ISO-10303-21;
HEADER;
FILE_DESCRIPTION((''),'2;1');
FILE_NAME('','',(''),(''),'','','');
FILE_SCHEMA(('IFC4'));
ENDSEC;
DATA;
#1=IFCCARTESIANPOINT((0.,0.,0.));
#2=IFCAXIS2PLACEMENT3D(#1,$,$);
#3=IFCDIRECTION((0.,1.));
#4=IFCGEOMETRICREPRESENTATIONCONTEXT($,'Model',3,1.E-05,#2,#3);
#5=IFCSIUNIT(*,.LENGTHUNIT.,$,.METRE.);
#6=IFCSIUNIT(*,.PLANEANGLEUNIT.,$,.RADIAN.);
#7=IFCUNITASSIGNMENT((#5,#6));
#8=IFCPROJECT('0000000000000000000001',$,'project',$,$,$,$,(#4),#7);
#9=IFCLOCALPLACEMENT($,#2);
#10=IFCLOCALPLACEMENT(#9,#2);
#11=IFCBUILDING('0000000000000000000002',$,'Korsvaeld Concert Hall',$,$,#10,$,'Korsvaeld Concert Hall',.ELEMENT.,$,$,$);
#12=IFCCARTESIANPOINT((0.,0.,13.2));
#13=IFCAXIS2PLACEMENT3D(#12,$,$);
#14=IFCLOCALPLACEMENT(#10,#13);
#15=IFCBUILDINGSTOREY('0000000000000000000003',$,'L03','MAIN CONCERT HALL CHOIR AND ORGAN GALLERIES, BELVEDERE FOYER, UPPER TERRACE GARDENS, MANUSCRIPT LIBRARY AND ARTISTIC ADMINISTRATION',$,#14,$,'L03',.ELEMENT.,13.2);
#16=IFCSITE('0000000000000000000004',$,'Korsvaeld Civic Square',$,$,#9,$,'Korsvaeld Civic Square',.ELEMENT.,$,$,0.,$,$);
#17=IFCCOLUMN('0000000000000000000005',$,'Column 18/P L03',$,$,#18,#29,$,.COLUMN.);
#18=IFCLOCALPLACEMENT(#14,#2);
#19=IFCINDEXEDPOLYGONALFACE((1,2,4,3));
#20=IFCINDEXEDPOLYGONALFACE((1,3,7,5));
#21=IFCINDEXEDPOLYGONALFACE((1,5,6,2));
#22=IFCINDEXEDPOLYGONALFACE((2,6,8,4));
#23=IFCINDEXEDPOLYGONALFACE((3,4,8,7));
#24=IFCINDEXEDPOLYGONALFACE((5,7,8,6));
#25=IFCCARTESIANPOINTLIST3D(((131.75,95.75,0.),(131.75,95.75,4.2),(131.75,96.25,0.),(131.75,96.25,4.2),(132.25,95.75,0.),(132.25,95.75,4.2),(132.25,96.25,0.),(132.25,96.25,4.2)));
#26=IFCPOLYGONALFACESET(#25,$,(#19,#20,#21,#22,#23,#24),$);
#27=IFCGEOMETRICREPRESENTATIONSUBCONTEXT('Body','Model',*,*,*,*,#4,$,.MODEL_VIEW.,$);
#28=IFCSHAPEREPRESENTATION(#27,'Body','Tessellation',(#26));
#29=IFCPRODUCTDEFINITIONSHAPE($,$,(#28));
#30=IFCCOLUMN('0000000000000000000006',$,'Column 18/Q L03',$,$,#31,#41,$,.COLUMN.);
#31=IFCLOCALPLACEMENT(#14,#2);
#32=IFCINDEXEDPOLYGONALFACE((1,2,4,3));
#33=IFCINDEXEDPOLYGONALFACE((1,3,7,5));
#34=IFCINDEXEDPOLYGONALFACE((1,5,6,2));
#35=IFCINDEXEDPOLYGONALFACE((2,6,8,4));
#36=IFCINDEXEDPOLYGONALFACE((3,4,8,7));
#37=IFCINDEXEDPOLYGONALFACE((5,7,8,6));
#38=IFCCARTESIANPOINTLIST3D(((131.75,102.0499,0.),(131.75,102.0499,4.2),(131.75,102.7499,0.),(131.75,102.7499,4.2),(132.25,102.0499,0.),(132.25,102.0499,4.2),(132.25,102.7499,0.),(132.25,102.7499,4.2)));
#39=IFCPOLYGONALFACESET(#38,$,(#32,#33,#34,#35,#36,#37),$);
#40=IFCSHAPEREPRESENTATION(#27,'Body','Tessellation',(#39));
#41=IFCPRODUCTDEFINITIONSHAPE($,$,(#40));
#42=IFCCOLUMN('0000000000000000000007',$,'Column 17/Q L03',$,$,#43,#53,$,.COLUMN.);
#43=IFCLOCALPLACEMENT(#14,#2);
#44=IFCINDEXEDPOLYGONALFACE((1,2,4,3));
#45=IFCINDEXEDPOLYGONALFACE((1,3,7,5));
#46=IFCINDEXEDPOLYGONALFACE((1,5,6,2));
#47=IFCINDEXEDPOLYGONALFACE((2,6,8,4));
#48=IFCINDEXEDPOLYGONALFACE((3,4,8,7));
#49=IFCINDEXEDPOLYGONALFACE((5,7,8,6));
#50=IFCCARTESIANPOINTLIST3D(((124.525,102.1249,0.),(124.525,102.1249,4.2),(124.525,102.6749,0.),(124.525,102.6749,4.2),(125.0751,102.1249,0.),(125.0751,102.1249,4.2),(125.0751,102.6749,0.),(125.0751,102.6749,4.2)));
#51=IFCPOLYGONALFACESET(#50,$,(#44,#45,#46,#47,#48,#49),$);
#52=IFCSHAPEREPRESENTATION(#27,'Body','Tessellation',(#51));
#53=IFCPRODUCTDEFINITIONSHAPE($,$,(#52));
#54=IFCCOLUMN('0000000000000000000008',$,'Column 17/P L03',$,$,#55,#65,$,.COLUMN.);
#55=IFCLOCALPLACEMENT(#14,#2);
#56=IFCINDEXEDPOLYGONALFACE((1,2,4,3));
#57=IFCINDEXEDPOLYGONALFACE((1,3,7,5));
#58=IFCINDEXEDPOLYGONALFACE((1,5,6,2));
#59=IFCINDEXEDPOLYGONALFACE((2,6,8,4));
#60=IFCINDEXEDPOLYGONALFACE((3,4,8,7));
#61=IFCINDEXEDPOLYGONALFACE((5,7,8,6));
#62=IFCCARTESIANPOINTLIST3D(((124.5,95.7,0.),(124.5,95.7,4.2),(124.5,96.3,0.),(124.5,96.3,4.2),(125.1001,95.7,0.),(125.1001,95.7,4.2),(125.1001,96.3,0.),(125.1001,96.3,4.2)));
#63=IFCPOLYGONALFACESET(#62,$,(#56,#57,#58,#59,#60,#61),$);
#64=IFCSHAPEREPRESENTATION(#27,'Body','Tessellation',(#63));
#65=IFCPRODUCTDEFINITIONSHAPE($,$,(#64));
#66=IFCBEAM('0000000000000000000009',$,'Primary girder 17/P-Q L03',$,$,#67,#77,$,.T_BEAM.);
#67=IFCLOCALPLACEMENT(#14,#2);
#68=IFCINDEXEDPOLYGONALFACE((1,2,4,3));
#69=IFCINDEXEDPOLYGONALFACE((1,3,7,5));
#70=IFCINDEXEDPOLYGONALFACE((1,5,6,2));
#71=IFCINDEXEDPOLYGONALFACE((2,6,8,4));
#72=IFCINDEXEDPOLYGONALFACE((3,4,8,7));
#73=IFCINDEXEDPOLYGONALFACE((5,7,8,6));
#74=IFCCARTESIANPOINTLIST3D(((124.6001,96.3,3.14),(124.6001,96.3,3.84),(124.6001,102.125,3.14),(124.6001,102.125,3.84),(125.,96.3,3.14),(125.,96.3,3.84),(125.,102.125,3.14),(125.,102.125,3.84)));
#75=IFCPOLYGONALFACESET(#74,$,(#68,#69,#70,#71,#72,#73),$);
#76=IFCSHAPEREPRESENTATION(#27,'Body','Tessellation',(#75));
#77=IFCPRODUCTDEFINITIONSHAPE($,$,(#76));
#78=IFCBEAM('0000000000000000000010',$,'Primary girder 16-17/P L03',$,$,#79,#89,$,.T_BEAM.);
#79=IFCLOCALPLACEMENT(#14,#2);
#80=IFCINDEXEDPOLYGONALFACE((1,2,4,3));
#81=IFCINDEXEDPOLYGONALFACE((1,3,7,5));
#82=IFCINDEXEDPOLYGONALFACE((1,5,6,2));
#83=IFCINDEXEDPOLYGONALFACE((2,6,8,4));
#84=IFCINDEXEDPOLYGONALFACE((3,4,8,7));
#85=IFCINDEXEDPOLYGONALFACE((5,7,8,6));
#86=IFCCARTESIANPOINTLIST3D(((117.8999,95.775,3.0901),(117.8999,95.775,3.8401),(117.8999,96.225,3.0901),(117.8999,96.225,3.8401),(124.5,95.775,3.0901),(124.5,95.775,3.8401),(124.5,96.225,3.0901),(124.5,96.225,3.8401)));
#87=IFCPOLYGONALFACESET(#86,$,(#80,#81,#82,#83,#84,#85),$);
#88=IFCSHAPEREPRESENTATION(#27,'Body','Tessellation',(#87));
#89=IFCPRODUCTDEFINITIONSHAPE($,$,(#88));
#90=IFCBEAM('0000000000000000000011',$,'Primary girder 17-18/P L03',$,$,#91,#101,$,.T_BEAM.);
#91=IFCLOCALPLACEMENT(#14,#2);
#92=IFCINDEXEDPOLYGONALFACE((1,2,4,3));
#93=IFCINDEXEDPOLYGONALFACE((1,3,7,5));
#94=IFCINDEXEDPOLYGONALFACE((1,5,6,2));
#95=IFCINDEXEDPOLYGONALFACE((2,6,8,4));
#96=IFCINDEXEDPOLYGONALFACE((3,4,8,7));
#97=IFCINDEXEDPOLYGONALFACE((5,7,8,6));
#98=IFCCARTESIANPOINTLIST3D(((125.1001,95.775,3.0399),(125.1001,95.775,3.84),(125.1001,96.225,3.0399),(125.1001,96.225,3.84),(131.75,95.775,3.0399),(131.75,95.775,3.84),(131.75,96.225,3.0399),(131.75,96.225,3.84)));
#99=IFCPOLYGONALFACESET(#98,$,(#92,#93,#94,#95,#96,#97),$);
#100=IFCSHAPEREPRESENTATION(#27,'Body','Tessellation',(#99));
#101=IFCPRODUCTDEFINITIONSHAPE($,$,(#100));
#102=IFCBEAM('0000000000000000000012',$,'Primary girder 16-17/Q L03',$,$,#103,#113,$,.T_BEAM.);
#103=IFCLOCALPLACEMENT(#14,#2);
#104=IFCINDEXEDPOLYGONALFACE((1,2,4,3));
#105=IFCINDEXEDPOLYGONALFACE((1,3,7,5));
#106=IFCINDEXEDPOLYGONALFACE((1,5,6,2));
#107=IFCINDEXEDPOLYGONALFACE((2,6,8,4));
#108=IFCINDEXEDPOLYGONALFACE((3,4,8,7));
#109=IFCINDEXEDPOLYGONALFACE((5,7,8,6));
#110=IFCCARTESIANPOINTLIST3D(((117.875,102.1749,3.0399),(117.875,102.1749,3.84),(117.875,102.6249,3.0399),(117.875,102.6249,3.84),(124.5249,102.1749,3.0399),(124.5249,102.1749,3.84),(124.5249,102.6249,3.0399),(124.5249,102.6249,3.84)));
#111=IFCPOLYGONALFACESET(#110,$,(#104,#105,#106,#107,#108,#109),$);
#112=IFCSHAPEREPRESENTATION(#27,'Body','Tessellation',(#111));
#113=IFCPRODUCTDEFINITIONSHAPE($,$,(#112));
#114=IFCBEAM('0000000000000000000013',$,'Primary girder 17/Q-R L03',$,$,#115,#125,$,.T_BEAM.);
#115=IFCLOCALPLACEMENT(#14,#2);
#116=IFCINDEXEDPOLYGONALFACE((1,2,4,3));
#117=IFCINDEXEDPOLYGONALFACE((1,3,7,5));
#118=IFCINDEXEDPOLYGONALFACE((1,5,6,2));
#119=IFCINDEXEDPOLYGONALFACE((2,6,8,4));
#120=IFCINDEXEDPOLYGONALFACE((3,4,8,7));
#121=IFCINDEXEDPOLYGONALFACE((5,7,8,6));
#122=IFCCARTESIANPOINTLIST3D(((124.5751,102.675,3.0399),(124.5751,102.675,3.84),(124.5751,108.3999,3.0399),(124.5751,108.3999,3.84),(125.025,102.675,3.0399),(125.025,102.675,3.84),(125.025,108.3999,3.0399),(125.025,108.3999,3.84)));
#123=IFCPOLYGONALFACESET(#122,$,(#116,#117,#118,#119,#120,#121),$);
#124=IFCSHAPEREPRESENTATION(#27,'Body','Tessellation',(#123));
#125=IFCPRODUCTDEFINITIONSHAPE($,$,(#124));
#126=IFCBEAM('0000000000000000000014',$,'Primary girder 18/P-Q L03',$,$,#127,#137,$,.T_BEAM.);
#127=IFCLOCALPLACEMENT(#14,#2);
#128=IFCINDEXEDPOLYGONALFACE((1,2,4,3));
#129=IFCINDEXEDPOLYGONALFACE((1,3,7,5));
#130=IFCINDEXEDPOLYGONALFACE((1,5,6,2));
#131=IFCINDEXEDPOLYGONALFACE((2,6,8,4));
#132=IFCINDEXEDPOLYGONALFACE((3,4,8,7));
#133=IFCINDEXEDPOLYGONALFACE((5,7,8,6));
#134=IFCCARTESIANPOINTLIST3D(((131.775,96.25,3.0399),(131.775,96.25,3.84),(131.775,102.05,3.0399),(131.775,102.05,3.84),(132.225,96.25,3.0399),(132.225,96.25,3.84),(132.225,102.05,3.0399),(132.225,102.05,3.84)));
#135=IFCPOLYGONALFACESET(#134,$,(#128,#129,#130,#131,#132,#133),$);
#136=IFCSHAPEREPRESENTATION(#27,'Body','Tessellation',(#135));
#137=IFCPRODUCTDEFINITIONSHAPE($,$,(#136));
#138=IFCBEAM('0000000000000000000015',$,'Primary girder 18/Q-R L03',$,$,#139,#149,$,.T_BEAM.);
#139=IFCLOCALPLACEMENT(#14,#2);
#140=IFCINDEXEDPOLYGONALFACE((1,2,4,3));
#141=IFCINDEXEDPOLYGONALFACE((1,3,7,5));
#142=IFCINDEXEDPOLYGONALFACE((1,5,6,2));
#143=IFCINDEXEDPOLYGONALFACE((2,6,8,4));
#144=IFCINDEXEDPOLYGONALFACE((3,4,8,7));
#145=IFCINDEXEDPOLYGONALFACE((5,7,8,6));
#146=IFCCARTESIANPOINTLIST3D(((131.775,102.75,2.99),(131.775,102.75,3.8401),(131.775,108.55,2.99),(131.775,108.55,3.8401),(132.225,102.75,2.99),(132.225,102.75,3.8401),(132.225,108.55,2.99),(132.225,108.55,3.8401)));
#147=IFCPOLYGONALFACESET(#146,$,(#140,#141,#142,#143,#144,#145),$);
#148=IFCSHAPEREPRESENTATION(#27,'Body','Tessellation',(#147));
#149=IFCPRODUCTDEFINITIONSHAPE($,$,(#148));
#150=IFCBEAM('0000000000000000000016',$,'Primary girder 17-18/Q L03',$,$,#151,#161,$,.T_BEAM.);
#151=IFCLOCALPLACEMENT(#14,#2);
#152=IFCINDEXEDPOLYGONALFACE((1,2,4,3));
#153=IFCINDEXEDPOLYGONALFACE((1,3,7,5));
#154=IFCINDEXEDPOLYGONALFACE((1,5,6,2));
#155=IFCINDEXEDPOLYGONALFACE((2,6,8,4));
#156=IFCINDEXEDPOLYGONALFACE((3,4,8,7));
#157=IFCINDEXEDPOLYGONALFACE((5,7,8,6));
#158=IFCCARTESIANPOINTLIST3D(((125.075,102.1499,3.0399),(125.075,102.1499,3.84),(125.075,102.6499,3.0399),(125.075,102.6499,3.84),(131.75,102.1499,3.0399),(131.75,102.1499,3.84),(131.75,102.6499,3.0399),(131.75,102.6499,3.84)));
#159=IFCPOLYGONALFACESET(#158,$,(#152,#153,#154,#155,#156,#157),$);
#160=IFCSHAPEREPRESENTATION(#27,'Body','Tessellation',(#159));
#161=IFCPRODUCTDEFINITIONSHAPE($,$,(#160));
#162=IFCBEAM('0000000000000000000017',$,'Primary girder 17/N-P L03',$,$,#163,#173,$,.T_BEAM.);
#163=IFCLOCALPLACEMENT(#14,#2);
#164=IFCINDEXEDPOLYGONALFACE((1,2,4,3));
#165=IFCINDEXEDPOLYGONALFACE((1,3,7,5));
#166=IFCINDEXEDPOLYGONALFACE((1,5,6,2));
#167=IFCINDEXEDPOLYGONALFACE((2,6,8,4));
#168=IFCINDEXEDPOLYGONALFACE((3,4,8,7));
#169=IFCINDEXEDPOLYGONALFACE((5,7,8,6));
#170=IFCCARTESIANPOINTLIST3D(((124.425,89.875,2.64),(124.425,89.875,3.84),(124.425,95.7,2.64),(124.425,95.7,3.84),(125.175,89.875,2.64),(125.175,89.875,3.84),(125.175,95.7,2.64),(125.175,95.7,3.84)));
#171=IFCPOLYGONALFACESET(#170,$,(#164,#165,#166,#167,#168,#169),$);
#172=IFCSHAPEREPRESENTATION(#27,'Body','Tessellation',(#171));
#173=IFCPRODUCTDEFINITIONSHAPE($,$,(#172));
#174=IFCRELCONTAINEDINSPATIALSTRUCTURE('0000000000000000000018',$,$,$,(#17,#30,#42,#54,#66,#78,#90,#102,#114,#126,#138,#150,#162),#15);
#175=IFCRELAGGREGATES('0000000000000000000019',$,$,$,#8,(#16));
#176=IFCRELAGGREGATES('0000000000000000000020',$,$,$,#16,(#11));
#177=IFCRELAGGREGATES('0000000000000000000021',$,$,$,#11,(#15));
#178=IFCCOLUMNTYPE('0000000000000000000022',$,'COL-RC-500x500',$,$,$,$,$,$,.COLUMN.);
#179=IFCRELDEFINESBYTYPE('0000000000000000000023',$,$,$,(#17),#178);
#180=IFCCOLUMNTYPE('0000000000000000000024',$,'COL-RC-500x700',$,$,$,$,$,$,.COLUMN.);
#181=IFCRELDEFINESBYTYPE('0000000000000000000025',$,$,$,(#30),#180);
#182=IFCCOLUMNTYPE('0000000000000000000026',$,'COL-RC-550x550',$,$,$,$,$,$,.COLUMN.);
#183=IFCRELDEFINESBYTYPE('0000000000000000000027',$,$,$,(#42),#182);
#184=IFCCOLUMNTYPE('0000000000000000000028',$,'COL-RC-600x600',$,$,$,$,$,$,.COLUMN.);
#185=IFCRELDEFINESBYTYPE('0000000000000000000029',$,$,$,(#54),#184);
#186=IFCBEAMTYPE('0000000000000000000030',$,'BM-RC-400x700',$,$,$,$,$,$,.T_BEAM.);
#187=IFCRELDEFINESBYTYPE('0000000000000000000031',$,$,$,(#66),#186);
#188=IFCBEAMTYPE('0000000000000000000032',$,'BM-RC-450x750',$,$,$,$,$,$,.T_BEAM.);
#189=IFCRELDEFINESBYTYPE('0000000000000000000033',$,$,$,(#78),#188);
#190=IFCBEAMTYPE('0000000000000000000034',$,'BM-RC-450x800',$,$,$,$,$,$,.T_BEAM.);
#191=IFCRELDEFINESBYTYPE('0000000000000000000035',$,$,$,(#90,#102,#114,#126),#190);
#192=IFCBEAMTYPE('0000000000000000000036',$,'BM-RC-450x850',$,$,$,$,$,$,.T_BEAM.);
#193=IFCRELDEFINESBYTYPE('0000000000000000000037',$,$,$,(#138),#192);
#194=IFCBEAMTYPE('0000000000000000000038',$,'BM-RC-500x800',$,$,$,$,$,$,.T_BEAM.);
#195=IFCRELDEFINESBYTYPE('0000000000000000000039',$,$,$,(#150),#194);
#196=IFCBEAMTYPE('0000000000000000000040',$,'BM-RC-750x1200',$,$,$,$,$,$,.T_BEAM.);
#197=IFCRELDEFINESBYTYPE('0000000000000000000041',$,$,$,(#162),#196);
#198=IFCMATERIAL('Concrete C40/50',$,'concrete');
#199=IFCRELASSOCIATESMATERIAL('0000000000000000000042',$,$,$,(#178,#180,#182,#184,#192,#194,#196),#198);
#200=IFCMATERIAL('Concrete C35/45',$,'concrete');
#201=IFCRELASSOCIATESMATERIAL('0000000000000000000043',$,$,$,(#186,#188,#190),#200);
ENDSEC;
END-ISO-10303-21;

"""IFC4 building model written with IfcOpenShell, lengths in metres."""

from ifc_helpers import new_model, si_unit, direction, frame, origin, origin_2d, place, context, subcontext, project, spatial, rectangle, extrude, material, material_profile, profile_set, type_object, element, save


model = new_model("IFC4")

# Units and contexts
model_context = context("Model", 3, precision=1e-05, world=origin(), true_north=direction((0.0, 1.0)))
body_context = subcontext(model_context, "Body", "Model", "MODEL_VIEW")
ifc_project = project(units=[si_unit("LENGTHUNIT", "METRE"), si_unit("PLANEANGLEUNIT", "RADIAN")], contexts=[model_context])

# Site, building, storey
site_placement = place(None, origin())
site = spatial("IfcSite", under=ifc_project, at=site_placement, Name="Korsvaeld Civic Square", LongName="Korsvaeld Civic Square", CompositionType="ELEMENT", RefElevation=0.0)
building_placement = place(site_placement, origin())
building = spatial("IfcBuilding", under=site, at=building_placement, Name="Korsvaeld Concert Hall", LongName="Korsvaeld Concert Hall", CompositionType="ELEMENT")
storey_placement = place(building_placement, frame((0.0, 0.0, 13.2)))
storey = spatial("IfcBuildingStorey", under=building, at=storey_placement, Name="L03", Description="MAIN CONCERT HALL CHOIR AND ORGAN GALLERIES, BELVEDERE FOYER, UPPER TERRACE GARDENS, MANUSCRIPT LIBRARY AND ARTISTIC ADMINISTRATION", LongName="L03", CompositionType="ELEMENT", Elevation=13.2)

# Columns
ifc_material_1 = material(Name="Concrete C40/50", Category="concrete")
ifc_material_profile_1 = material_profile(ifc_material_1, rectangle(XDim=0.5, YDim=0.5, at=origin_2d()), Name="RC 500x500")
ifc_profile_set_1 = profile_set([ifc_material_profile_1], Name="Concrete C40/50")
column_type_1 = type_object("IfcColumnType", Name="COL-RC-500x500", PredefinedType="COLUMN", material=ifc_profile_set_1)
column_1_placement = place(storey_placement, frame((132.0, 96.0, 0.0), z_axis=(0.0, 0.0, 1.0), x_axis=(1.0, 0.0, 0.0)))
element("IfcColumn", 1, at=column_1_placement, inside=storey, type_object=column_type_1, Name="Column 18/P L03", PredefinedType="COLUMN", context=body_context, shape_type="SweptSolid", body=[
    extrude(rectangle(XDim=0.5, YDim=0.5, at=origin_2d()), origin(), (0.0, 0.0, 1.0), 4.2),
])
ifc_material_profile_2 = material_profile(ifc_material_1, rectangle(XDim=0.5, YDim=0.7, at=origin_2d()), Name="RC 500x700")
ifc_profile_set_2 = profile_set([ifc_material_profile_2], Name="Concrete C40/50")
column_type_2 = type_object("IfcColumnType", Name="COL-RC-500x700", PredefinedType="COLUMN", material=ifc_profile_set_2)
column_2_placement = place(storey_placement, frame((132.0, 102.3999, 0.0), z_axis=(0.0, 0.0, 1.0), x_axis=(1.0, 0.0, 0.0)))
element("IfcColumn", 2, at=column_2_placement, inside=storey, type_object=column_type_2, Name="Column 18/Q L03", PredefinedType="COLUMN", context=body_context, shape_type="SweptSolid", body=[
    extrude(rectangle(XDim=0.5, YDim=0.7, at=origin_2d()), origin(), (0.0, 0.0, 1.0), 4.2),
])
ifc_material_profile_3 = material_profile(ifc_material_1, rectangle(XDim=0.55, YDim=0.55, at=origin_2d()), Name="RC 550x550")
ifc_profile_set_3 = profile_set([ifc_material_profile_3], Name="Concrete C40/50")
column_type_3 = type_object("IfcColumnType", Name="COL-RC-550x550", PredefinedType="COLUMN", material=ifc_profile_set_3)
column_3_placement = place(storey_placement, frame((124.8, 102.3999, 0.0), z_axis=(0.0, 0.0, 1.0), x_axis=(1.0, 0.0, 0.0)))
element("IfcColumn", 3, at=column_3_placement, inside=storey, type_object=column_type_3, Name="Column 17/Q L03", PredefinedType="COLUMN", context=body_context, shape_type="SweptSolid", body=[
    extrude(rectangle(XDim=0.55, YDim=0.55, at=origin_2d()), origin(), (0.0, 0.0, 1.0), 4.2),
])
ifc_material_profile_4 = material_profile(ifc_material_1, rectangle(XDim=0.6001, YDim=0.6001, at=origin_2d()), Name="RC 600x600")
ifc_profile_set_4 = profile_set([ifc_material_profile_4], Name="Concrete C40/50")
column_type_4 = type_object("IfcColumnType", Name="COL-RC-600x600", PredefinedType="COLUMN", material=ifc_profile_set_4)
column_4_placement = place(storey_placement, frame((124.8, 96.0, 0.0), z_axis=(0.0, 0.0, 1.0), x_axis=(1.0, 0.0, 0.0)))
element("IfcColumn", 4, at=column_4_placement, inside=storey, type_object=column_type_4, Name="Column 17/P L03", PredefinedType="COLUMN", context=body_context, shape_type="SweptSolid", body=[
    extrude(rectangle(XDim=0.6001, YDim=0.6001, at=origin_2d()), origin(), (0.0, 0.0, 1.0), 4.2),
])

# Beams
ifc_material_2 = material(Name="Concrete C35/45", Category="concrete")
ifc_material_profile_5 = material_profile(ifc_material_2, rectangle(XDim=0.3999, YDim=0.7, at=origin_2d()), Name="RC 400x700")
ifc_profile_set_5 = profile_set([ifc_material_profile_5], Name="Concrete C35/45")
beam_type_1 = type_object("IfcBeamType", Name="BM-RC-400x700", PredefinedType="T_BEAM", material=ifc_profile_set_5)
beam_1_placement = place(storey_placement, frame((124.8, 96.3, 3.49), z_axis=(0.0, 1.0, 0.0), x_axis=(-1.0, 0.0, 0.0)))
element("IfcBeam", 5, at=beam_1_placement, inside=storey, type_object=beam_type_1, Name="Primary girder 17/P-Q L03", PredefinedType="T_BEAM", context=body_context, shape_type="SweptSolid", body=[
    extrude(rectangle(XDim=0.3999, YDim=0.7, at=origin_2d()), origin(), (0.0, 0.0, 1.0), 5.825),
])
ifc_material_profile_6 = material_profile(ifc_material_2, rectangle(XDim=0.45, YDim=0.75, at=origin_2d()), Name="RC 450x750")
ifc_profile_set_6 = profile_set([ifc_material_profile_6], Name="Concrete C35/45")
beam_type_2 = type_object("IfcBeamType", Name="BM-RC-450x750", PredefinedType="T_BEAM", material=ifc_profile_set_6)
beam_2_placement = place(storey_placement, frame((117.8999, 96.0, 3.4651), z_axis=(1.0, 0.0, 0.0), x_axis=(0.0, 1.0, 0.0)))
element("IfcBeam", 6, at=beam_2_placement, inside=storey, type_object=beam_type_2, Name="Primary girder 16-17/P L03", PredefinedType="T_BEAM", context=body_context, shape_type="SweptSolid", body=[
    extrude(rectangle(XDim=0.45, YDim=0.75, at=origin_2d()), origin(), (0.0, 0.0, 1.0), 6.6001),
])
ifc_material_profile_7 = material_profile(ifc_material_2, rectangle(XDim=0.45, YDim=0.8, at=origin_2d()), Name="RC 450x800")
ifc_profile_set_7 = profile_set([ifc_material_profile_7], Name="Concrete C35/45")
beam_type_3 = type_object("IfcBeamType", Name="BM-RC-450x800", PredefinedType="T_BEAM", material=ifc_profile_set_7)
for number, where, z_axis, x_axis, name in (
    (7, (125.1001, 96.0, 3.4399), (1.0, 0.0, 0.0), (0.0, 1.0, 0.0), "Primary girder 17-18/P L03"),
    (8, (117.875, 102.3999, 3.4399), (1.0, 0.0, 0.0), (0.0, 1.0, 0.0), "Primary girder 16-17/Q L03"),
):
    element("IfcBeam", number, at=place(storey_placement, frame(where, z_axis=z_axis, x_axis=x_axis)), inside=storey, type_object=beam_type_3, Name=name, PredefinedType="T_BEAM", context=body_context, shape_type="SweptSolid", body=[
        extrude(rectangle(XDim=0.45, YDim=0.8, at=origin_2d()), origin(), (0.0, 0.0, 1.0), 6.6499),
    ])
beam_3_placement = place(storey_placement, frame((124.8, 102.675, 3.4399), z_axis=(0.0, 1.0, 0.0), x_axis=(-1.0, 0.0, 0.0)))
element("IfcBeam", 9, at=beam_3_placement, inside=storey, type_object=beam_type_3, Name="Primary girder 17/Q-R L03", PredefinedType="T_BEAM", context=body_context, shape_type="SweptSolid", body=[
    extrude(rectangle(XDim=0.45, YDim=0.8, at=origin_2d()), origin(), (0.0, 0.0, 1.0), 5.7249),
])
beam_4_placement = place(storey_placement, frame((132.0, 96.25, 3.4399), z_axis=(0.0, 1.0, 0.0), x_axis=(-1.0, 0.0, 0.0)))
element("IfcBeam", 10, at=beam_4_placement, inside=storey, type_object=beam_type_3, Name="Primary girder 18/P-Q L03", PredefinedType="T_BEAM", context=body_context, shape_type="SweptSolid", body=[
    extrude(rectangle(XDim=0.45, YDim=0.8, at=origin_2d()), origin(), (0.0, 0.0, 1.0), 5.8),
])
ifc_material_profile_8 = material_profile(ifc_material_1, rectangle(XDim=0.45, YDim=0.8501, at=origin_2d()), Name="RC 450x850")
ifc_profile_set_8 = profile_set([ifc_material_profile_8], Name="Concrete C40/50")
beam_type_4 = type_object("IfcBeamType", Name="BM-RC-450x850", PredefinedType="T_BEAM", material=ifc_profile_set_8)
beam_5_placement = place(storey_placement, frame((132.0, 102.75, 3.415), z_axis=(0.0, 1.0, 0.0), x_axis=(-1.0, 0.0, 0.0)))
element("IfcBeam", 11, at=beam_5_placement, inside=storey, type_object=beam_type_4, Name="Primary girder 18/Q-R L03", PredefinedType="T_BEAM", context=body_context, shape_type="SweptSolid", body=[
    extrude(rectangle(XDim=0.45, YDim=0.8501, at=origin_2d()), origin(), (0.0, 0.0, 1.0), 5.8),
])
ifc_material_profile_9 = material_profile(ifc_material_1, rectangle(XDim=0.5, YDim=0.8, at=origin_2d()), Name="RC 500x800")
ifc_profile_set_9 = profile_set([ifc_material_profile_9], Name="Concrete C40/50")
beam_type_5 = type_object("IfcBeamType", Name="BM-RC-500x800", PredefinedType="T_BEAM", material=ifc_profile_set_9)
beam_6_placement = place(storey_placement, frame((125.075, 102.3999, 3.4399), z_axis=(1.0, 0.0, 0.0), x_axis=(0.0, 1.0, 0.0)))
element("IfcBeam", 12, at=beam_6_placement, inside=storey, type_object=beam_type_5, Name="Primary girder 17-18/Q L03", PredefinedType="T_BEAM", context=body_context, shape_type="SweptSolid", body=[
    extrude(rectangle(XDim=0.5, YDim=0.8, at=origin_2d()), origin(), (0.0, 0.0, 1.0), 6.675),
])
ifc_material_profile_10 = material_profile(ifc_material_1, rectangle(XDim=0.75, YDim=1.2, at=origin_2d()), Name="RC 750x1200")
ifc_profile_set_10 = profile_set([ifc_material_profile_10], Name="Concrete C40/50")
beam_type_6 = type_object("IfcBeamType", Name="BM-RC-750x1200", PredefinedType="T_BEAM", material=ifc_profile_set_10)
beam_7_placement = place(storey_placement, frame((124.8, 89.875, 3.24), z_axis=(0.0, 1.0, 0.0), x_axis=(-1.0, 0.0, 0.0)))
element("IfcBeam", 13, at=beam_7_placement, inside=storey, type_object=beam_type_6, Name="Primary girder 17/N-P L03", PredefinedType="T_BEAM", context=body_context, shape_type="SweptSolid", body=[
    extrude(rectangle(XDim=0.75, YDim=1.2, at=origin_2d()), origin(), (0.0, 0.0, 1.0), 5.825),
])

save(model, "model.ifc")
